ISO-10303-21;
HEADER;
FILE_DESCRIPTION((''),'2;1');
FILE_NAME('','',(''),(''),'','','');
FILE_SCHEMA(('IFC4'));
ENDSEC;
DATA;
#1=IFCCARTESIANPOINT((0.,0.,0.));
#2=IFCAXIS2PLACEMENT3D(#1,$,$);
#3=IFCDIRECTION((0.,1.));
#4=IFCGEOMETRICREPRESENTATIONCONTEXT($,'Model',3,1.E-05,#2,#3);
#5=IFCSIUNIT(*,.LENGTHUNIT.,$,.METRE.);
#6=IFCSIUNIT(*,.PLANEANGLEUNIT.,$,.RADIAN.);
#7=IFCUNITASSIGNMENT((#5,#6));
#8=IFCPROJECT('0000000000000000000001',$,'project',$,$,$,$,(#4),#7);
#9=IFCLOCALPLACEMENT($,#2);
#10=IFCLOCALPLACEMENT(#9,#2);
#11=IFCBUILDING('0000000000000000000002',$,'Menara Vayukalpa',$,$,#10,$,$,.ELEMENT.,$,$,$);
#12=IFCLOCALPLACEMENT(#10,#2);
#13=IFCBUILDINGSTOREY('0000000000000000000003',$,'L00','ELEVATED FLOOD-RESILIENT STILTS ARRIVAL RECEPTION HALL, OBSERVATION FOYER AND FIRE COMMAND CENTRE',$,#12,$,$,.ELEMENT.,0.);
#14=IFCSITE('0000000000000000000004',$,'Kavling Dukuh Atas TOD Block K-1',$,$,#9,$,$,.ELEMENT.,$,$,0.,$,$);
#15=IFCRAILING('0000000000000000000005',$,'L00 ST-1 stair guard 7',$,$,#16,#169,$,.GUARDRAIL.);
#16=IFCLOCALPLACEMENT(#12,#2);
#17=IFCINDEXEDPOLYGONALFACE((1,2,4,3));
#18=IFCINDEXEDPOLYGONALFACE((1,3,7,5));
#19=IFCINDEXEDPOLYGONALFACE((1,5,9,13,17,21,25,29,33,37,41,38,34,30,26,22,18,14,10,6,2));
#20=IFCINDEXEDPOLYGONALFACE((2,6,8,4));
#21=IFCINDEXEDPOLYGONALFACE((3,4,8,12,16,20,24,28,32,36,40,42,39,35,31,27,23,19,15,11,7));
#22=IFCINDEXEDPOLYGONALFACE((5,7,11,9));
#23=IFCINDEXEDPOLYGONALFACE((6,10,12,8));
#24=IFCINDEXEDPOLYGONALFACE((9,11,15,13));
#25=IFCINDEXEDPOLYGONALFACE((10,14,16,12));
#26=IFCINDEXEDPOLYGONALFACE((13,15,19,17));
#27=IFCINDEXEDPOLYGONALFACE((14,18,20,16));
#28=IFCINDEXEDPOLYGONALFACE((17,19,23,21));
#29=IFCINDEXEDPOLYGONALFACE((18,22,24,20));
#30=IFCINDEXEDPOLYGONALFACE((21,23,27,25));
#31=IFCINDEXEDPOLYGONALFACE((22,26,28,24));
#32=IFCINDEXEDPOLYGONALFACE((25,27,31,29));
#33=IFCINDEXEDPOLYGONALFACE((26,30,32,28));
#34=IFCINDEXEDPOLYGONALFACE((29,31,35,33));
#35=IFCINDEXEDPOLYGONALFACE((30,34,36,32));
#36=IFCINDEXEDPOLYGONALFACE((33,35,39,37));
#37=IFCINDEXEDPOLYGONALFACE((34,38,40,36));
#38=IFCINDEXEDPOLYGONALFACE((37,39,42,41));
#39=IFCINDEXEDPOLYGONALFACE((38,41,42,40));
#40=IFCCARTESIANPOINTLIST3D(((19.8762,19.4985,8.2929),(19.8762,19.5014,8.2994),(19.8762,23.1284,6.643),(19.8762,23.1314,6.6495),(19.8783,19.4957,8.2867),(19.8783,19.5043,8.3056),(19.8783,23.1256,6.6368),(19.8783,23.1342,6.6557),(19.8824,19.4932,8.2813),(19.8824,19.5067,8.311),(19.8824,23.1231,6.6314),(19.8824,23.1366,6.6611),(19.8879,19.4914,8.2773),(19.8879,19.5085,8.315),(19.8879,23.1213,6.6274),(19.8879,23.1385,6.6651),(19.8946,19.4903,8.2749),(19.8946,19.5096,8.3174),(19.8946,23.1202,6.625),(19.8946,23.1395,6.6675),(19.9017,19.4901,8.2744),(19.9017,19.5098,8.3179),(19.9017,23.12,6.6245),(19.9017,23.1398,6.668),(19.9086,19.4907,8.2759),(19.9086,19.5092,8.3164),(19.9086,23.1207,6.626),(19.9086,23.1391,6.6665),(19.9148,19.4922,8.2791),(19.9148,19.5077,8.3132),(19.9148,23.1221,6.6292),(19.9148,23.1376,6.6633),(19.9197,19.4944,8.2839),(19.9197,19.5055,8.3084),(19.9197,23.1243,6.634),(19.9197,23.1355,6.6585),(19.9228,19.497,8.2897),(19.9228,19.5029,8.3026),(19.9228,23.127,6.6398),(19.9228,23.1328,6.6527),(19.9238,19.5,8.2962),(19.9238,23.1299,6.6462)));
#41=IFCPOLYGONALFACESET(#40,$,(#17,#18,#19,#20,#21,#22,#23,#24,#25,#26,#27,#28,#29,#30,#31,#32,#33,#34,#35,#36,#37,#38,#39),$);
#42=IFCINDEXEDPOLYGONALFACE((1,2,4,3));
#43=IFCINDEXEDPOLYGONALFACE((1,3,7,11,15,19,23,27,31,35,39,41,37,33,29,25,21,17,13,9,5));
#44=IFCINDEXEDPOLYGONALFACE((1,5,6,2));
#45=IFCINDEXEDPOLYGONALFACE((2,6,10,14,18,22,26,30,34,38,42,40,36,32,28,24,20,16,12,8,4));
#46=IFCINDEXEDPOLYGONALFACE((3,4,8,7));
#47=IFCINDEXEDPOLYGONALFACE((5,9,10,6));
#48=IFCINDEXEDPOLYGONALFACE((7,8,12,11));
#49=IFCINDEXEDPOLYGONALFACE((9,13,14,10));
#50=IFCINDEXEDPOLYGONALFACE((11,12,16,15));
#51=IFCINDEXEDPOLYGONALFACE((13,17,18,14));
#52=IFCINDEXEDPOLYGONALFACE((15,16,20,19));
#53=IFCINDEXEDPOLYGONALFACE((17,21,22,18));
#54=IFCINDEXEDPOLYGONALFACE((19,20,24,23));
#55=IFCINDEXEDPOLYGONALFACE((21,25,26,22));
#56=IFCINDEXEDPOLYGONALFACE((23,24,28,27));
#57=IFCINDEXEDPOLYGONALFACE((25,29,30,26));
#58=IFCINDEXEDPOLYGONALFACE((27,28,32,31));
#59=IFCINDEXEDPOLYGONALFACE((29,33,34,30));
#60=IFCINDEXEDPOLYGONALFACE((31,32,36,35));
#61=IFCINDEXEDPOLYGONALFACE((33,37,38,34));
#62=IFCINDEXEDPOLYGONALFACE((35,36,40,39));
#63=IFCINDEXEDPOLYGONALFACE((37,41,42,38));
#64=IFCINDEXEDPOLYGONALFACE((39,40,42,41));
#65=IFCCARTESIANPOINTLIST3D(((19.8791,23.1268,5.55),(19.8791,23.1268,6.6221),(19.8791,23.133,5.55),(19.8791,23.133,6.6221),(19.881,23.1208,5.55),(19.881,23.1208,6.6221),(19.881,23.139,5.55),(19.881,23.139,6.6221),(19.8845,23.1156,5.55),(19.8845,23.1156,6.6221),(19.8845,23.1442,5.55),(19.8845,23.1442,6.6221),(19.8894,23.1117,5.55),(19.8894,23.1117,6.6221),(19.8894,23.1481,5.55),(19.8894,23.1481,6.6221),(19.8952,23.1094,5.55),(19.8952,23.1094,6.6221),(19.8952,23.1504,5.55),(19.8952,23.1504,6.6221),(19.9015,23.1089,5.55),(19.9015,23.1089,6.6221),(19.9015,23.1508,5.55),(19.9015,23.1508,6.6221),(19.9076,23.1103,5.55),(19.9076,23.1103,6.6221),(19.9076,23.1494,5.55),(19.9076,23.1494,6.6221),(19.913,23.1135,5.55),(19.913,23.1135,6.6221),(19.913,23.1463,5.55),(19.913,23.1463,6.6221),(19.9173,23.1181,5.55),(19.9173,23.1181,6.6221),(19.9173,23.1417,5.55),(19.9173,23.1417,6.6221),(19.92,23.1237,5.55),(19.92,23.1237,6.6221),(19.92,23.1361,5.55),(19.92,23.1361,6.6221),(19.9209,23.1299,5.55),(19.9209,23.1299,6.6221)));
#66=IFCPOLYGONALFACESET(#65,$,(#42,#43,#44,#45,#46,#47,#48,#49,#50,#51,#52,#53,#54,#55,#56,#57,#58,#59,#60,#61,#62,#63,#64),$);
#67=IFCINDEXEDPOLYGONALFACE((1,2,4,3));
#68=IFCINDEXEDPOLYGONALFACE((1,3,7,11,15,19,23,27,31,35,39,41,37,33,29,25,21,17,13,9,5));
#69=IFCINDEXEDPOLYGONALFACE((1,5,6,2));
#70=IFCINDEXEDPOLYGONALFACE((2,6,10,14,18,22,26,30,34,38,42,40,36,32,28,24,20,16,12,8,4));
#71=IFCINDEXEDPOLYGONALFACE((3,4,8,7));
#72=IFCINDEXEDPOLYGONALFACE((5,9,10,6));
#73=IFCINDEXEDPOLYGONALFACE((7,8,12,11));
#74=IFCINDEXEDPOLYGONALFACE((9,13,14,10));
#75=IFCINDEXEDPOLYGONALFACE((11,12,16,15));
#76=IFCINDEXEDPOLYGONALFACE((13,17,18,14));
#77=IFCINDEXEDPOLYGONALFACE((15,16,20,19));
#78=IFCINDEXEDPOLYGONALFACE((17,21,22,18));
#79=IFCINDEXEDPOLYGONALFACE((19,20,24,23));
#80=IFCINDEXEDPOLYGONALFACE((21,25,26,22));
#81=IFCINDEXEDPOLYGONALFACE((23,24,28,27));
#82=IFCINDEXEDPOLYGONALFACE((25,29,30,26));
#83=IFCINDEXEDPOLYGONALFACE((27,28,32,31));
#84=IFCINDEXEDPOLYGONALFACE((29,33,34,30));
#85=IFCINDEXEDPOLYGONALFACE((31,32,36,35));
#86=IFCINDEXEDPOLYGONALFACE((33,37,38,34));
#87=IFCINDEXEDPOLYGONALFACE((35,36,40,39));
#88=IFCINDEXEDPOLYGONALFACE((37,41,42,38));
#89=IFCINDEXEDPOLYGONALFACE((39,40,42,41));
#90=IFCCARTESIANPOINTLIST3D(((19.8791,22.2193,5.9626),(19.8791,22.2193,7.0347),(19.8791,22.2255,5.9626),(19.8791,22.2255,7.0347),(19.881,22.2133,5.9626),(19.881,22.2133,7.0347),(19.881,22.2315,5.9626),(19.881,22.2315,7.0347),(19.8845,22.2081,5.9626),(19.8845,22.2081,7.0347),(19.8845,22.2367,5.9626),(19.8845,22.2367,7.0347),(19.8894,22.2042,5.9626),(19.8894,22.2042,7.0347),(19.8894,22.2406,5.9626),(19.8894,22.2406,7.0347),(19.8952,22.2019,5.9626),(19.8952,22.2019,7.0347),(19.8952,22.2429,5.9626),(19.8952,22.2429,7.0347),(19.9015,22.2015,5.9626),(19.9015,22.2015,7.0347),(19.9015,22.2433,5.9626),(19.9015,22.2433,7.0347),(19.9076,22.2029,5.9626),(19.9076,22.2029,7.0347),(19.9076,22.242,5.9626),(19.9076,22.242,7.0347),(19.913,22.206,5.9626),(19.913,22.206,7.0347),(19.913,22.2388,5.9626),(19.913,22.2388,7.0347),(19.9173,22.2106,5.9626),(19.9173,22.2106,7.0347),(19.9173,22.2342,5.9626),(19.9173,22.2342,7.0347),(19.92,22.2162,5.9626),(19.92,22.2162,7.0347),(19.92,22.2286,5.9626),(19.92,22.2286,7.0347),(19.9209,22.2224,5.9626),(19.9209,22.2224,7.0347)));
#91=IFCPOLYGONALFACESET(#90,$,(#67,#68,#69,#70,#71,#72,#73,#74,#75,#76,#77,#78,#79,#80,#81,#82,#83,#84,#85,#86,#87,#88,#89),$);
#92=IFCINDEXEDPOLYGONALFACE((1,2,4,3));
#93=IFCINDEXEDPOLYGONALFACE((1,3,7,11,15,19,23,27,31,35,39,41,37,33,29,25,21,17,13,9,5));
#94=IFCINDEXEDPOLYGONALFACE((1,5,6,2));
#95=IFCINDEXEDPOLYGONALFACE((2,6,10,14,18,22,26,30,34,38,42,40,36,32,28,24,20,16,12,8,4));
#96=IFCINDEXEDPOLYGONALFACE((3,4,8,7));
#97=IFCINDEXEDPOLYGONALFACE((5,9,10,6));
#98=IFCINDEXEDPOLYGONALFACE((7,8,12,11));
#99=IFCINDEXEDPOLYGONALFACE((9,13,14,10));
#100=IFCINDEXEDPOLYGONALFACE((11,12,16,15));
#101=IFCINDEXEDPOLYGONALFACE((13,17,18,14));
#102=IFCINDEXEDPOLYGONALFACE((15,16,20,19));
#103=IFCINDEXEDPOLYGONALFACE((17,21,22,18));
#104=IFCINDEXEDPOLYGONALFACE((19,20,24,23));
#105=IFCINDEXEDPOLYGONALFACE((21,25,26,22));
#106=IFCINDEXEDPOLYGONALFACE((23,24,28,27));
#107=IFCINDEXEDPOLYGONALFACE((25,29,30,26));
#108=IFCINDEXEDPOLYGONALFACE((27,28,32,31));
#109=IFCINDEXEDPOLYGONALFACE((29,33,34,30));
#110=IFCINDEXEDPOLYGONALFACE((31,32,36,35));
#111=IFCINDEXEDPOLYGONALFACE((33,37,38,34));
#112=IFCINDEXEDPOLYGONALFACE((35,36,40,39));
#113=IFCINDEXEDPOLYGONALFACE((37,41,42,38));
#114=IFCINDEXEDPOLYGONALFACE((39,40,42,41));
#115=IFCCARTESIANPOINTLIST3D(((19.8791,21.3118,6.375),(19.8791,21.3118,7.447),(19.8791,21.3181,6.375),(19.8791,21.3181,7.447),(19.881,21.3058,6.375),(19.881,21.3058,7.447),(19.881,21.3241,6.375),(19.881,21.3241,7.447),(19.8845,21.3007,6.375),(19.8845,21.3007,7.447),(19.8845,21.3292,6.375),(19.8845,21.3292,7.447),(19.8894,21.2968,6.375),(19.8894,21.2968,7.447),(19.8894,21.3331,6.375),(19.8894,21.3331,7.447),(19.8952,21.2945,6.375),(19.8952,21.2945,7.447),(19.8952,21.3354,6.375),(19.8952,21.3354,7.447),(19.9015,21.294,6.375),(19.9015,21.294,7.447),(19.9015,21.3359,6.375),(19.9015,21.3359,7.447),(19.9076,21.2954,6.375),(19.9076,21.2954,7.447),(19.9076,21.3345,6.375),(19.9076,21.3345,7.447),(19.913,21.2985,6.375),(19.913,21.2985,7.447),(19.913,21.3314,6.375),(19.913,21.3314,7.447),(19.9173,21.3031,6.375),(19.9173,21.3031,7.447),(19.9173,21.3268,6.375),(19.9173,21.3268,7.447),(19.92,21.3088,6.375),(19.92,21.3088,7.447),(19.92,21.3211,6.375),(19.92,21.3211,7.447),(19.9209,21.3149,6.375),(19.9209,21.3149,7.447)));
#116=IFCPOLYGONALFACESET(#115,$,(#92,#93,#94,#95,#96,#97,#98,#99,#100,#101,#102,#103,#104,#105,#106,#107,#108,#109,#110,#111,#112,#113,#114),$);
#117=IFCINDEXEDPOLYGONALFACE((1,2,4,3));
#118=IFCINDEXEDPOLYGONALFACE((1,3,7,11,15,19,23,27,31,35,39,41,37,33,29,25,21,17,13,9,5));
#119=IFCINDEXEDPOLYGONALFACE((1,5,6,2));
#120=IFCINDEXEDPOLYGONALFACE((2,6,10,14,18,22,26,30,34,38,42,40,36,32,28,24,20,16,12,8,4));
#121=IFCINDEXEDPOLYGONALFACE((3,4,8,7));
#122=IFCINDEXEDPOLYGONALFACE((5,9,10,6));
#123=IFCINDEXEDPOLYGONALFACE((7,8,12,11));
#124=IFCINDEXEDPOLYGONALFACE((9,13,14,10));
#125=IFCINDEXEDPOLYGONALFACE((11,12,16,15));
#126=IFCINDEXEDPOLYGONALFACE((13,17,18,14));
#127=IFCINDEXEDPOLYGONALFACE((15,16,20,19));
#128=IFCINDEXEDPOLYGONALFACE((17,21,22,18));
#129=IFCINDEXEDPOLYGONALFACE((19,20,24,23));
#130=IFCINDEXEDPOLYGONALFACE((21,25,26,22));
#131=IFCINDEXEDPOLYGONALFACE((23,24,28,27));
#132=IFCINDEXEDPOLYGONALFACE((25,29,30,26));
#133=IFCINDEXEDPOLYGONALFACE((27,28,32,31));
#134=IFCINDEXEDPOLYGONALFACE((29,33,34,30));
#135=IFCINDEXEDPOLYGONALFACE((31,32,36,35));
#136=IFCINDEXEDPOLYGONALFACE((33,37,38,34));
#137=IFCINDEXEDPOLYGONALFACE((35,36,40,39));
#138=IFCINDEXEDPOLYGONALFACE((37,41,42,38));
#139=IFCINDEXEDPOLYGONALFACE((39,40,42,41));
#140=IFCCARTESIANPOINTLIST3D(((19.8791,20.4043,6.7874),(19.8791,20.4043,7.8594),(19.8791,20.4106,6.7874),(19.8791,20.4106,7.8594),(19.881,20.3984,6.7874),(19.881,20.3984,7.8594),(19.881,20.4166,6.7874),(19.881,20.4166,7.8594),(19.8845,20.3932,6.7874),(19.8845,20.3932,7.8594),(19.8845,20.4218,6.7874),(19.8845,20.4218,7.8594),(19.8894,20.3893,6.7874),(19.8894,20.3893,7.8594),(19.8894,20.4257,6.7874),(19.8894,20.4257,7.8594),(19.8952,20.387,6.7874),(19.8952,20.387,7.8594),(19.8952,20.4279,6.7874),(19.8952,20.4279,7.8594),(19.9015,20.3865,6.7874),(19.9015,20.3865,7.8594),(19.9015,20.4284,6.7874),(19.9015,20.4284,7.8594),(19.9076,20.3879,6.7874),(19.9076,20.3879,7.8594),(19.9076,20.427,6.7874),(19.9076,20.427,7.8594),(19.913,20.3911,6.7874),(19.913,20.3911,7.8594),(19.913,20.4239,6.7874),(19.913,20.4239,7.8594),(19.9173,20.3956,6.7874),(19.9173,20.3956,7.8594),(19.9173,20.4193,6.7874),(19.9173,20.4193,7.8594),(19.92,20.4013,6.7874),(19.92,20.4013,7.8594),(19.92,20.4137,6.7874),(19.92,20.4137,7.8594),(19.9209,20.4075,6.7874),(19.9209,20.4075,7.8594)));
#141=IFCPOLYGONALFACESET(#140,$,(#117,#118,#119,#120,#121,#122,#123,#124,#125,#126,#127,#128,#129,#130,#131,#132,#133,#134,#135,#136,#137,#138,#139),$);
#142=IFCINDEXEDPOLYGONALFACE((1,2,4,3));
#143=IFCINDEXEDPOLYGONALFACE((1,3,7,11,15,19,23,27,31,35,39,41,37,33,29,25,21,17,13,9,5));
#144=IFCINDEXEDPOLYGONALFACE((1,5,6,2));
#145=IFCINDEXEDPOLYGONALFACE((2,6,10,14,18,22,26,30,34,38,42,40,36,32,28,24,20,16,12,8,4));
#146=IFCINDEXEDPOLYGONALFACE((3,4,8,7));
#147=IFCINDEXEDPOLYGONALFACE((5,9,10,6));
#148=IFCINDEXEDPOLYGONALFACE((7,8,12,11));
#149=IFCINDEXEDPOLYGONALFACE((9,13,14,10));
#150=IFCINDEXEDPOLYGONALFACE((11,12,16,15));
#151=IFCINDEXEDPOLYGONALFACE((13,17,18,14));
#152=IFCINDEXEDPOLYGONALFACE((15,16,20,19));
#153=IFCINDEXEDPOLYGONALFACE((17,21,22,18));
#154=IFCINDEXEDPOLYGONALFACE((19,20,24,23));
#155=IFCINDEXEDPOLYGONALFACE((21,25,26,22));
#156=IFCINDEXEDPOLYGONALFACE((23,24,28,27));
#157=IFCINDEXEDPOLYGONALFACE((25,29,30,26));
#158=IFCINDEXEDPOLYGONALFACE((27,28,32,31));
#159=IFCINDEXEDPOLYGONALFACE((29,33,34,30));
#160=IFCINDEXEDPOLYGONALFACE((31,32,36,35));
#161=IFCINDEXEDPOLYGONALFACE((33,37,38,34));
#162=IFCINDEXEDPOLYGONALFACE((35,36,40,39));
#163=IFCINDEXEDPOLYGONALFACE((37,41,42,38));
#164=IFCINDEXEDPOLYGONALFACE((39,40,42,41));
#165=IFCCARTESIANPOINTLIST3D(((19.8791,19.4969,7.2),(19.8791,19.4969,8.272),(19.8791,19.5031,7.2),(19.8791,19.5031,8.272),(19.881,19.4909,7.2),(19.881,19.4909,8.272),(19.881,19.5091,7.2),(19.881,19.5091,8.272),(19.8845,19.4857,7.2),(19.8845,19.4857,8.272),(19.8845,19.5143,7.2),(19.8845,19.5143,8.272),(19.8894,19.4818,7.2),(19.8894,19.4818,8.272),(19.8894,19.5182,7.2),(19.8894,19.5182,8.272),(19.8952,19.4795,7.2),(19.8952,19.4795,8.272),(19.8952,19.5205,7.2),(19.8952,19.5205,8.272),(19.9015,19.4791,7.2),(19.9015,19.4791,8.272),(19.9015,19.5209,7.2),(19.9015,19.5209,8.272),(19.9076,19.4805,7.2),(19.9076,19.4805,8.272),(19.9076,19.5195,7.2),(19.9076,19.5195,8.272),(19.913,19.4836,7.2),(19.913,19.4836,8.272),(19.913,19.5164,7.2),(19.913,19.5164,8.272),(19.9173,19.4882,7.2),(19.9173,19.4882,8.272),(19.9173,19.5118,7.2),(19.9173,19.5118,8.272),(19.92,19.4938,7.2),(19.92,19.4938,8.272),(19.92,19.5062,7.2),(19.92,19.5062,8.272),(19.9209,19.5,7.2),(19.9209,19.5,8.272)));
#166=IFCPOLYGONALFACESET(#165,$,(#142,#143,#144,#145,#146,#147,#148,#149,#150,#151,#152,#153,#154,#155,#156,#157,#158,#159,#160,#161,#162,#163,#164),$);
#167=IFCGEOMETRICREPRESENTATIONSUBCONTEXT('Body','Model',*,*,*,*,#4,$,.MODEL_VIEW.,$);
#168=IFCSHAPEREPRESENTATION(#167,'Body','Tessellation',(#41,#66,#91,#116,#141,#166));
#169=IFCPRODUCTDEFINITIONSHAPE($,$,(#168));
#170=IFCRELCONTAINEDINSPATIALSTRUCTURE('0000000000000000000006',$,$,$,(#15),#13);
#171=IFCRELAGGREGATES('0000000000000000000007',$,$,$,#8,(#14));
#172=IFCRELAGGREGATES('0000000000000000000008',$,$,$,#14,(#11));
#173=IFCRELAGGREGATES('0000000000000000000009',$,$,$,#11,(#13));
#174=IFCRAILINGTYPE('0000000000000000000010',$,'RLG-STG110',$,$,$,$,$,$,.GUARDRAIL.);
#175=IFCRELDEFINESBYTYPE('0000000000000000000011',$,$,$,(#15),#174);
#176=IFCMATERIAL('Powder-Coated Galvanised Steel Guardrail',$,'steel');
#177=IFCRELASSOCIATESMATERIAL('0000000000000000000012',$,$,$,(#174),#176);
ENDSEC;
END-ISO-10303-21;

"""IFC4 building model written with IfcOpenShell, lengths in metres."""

from ifc_helpers import new_model, si_unit, direction, frame, origin, origin_2d, place, context, subcontext, project, spatial, circle, extrude, material, type_object, element, save


model = new_model("IFC4")

# Units and contexts
model_context = context("Model", 3, precision=1e-05, world=origin(), true_north=direction((0.0, 1.0)))
body_context = subcontext(model_context, "Body", "Model", "MODEL_VIEW")
ifc_project = project(units=[si_unit("LENGTHUNIT", "METRE"), si_unit("PLANEANGLEUNIT", "RADIAN")], contexts=[model_context])

# Site, building, storey
site_placement = place(None, origin())
site = spatial("IfcSite", under=ifc_project, at=site_placement, Name="Kavling Dukuh Atas TOD Block K-1", CompositionType="ELEMENT", RefElevation=0.0)
building_placement = place(site_placement, origin())
building = spatial("IfcBuilding", under=site, at=building_placement, Name="Menara Vayukalpa", CompositionType="ELEMENT")
storey_placement = place(building_placement, origin())
storey = spatial("IfcBuildingStorey", under=building, at=storey_placement, Name="L00", Description="ELEVATED FLOOD-RESILIENT STILTS ARRIVAL RECEPTION HALL, OBSERVATION FOYER AND FIRE COMMAND CENTRE", CompositionType="ELEMENT", Elevation=0.0)

# Railing
ifc_material_1 = material(Name="Powder-Coated Galvanised Steel Guardrail", Category="steel")
railing_type_1 = type_object("IfcRailingType", Name="RLG-STG110", PredefinedType="GUARDRAIL", material=ifc_material_1)
railing_1_placement = place(storey_placement, frame((19.8999, 23.1299, 5.55)))
element("IfcRailing", 1, at=railing_1_placement, inside=storey, type_object=railing_type_1, Name="L00 ST-1 stair guard 7", PredefinedType="GUARDRAIL", context=body_context, shape_type="SweptSolid", body=[
    extrude(circle(Radius=0.0239, at=origin_2d()), frame((0.0, 0.0, 1.0962), z_axis=(0.0, -0.910371, 0.413794), x_axis=(1.0, 0.0, 0.0)), (0.0, 0.0, 1.0), 3.9873),
    extrude(circle(Radius=0.021, at=origin_2d()), origin(), (0.0, 0.0, 1.0), 1.072),
    extrude(circle(Radius=0.021, at=origin_2d()), frame((0.0, -0.9075, 0.4126)), (0.0, 0.0, 1.0), 1.072),
    extrude(circle(Radius=0.021, at=origin_2d()), frame((0.0, -1.8149, 0.825)), (0.0, 0.0, 1.0), 1.072),
    extrude(circle(Radius=0.021, at=origin_2d()), frame((0.0, -2.7224, 1.2373)), (0.0, 0.0, 1.0), 1.072),
    extrude(circle(Radius=0.021, at=origin_2d()), frame((0.0, -3.6299, 1.6499)), (0.0, 0.0, 1.0), 1.072),
])

save(model, "model.ifc")
